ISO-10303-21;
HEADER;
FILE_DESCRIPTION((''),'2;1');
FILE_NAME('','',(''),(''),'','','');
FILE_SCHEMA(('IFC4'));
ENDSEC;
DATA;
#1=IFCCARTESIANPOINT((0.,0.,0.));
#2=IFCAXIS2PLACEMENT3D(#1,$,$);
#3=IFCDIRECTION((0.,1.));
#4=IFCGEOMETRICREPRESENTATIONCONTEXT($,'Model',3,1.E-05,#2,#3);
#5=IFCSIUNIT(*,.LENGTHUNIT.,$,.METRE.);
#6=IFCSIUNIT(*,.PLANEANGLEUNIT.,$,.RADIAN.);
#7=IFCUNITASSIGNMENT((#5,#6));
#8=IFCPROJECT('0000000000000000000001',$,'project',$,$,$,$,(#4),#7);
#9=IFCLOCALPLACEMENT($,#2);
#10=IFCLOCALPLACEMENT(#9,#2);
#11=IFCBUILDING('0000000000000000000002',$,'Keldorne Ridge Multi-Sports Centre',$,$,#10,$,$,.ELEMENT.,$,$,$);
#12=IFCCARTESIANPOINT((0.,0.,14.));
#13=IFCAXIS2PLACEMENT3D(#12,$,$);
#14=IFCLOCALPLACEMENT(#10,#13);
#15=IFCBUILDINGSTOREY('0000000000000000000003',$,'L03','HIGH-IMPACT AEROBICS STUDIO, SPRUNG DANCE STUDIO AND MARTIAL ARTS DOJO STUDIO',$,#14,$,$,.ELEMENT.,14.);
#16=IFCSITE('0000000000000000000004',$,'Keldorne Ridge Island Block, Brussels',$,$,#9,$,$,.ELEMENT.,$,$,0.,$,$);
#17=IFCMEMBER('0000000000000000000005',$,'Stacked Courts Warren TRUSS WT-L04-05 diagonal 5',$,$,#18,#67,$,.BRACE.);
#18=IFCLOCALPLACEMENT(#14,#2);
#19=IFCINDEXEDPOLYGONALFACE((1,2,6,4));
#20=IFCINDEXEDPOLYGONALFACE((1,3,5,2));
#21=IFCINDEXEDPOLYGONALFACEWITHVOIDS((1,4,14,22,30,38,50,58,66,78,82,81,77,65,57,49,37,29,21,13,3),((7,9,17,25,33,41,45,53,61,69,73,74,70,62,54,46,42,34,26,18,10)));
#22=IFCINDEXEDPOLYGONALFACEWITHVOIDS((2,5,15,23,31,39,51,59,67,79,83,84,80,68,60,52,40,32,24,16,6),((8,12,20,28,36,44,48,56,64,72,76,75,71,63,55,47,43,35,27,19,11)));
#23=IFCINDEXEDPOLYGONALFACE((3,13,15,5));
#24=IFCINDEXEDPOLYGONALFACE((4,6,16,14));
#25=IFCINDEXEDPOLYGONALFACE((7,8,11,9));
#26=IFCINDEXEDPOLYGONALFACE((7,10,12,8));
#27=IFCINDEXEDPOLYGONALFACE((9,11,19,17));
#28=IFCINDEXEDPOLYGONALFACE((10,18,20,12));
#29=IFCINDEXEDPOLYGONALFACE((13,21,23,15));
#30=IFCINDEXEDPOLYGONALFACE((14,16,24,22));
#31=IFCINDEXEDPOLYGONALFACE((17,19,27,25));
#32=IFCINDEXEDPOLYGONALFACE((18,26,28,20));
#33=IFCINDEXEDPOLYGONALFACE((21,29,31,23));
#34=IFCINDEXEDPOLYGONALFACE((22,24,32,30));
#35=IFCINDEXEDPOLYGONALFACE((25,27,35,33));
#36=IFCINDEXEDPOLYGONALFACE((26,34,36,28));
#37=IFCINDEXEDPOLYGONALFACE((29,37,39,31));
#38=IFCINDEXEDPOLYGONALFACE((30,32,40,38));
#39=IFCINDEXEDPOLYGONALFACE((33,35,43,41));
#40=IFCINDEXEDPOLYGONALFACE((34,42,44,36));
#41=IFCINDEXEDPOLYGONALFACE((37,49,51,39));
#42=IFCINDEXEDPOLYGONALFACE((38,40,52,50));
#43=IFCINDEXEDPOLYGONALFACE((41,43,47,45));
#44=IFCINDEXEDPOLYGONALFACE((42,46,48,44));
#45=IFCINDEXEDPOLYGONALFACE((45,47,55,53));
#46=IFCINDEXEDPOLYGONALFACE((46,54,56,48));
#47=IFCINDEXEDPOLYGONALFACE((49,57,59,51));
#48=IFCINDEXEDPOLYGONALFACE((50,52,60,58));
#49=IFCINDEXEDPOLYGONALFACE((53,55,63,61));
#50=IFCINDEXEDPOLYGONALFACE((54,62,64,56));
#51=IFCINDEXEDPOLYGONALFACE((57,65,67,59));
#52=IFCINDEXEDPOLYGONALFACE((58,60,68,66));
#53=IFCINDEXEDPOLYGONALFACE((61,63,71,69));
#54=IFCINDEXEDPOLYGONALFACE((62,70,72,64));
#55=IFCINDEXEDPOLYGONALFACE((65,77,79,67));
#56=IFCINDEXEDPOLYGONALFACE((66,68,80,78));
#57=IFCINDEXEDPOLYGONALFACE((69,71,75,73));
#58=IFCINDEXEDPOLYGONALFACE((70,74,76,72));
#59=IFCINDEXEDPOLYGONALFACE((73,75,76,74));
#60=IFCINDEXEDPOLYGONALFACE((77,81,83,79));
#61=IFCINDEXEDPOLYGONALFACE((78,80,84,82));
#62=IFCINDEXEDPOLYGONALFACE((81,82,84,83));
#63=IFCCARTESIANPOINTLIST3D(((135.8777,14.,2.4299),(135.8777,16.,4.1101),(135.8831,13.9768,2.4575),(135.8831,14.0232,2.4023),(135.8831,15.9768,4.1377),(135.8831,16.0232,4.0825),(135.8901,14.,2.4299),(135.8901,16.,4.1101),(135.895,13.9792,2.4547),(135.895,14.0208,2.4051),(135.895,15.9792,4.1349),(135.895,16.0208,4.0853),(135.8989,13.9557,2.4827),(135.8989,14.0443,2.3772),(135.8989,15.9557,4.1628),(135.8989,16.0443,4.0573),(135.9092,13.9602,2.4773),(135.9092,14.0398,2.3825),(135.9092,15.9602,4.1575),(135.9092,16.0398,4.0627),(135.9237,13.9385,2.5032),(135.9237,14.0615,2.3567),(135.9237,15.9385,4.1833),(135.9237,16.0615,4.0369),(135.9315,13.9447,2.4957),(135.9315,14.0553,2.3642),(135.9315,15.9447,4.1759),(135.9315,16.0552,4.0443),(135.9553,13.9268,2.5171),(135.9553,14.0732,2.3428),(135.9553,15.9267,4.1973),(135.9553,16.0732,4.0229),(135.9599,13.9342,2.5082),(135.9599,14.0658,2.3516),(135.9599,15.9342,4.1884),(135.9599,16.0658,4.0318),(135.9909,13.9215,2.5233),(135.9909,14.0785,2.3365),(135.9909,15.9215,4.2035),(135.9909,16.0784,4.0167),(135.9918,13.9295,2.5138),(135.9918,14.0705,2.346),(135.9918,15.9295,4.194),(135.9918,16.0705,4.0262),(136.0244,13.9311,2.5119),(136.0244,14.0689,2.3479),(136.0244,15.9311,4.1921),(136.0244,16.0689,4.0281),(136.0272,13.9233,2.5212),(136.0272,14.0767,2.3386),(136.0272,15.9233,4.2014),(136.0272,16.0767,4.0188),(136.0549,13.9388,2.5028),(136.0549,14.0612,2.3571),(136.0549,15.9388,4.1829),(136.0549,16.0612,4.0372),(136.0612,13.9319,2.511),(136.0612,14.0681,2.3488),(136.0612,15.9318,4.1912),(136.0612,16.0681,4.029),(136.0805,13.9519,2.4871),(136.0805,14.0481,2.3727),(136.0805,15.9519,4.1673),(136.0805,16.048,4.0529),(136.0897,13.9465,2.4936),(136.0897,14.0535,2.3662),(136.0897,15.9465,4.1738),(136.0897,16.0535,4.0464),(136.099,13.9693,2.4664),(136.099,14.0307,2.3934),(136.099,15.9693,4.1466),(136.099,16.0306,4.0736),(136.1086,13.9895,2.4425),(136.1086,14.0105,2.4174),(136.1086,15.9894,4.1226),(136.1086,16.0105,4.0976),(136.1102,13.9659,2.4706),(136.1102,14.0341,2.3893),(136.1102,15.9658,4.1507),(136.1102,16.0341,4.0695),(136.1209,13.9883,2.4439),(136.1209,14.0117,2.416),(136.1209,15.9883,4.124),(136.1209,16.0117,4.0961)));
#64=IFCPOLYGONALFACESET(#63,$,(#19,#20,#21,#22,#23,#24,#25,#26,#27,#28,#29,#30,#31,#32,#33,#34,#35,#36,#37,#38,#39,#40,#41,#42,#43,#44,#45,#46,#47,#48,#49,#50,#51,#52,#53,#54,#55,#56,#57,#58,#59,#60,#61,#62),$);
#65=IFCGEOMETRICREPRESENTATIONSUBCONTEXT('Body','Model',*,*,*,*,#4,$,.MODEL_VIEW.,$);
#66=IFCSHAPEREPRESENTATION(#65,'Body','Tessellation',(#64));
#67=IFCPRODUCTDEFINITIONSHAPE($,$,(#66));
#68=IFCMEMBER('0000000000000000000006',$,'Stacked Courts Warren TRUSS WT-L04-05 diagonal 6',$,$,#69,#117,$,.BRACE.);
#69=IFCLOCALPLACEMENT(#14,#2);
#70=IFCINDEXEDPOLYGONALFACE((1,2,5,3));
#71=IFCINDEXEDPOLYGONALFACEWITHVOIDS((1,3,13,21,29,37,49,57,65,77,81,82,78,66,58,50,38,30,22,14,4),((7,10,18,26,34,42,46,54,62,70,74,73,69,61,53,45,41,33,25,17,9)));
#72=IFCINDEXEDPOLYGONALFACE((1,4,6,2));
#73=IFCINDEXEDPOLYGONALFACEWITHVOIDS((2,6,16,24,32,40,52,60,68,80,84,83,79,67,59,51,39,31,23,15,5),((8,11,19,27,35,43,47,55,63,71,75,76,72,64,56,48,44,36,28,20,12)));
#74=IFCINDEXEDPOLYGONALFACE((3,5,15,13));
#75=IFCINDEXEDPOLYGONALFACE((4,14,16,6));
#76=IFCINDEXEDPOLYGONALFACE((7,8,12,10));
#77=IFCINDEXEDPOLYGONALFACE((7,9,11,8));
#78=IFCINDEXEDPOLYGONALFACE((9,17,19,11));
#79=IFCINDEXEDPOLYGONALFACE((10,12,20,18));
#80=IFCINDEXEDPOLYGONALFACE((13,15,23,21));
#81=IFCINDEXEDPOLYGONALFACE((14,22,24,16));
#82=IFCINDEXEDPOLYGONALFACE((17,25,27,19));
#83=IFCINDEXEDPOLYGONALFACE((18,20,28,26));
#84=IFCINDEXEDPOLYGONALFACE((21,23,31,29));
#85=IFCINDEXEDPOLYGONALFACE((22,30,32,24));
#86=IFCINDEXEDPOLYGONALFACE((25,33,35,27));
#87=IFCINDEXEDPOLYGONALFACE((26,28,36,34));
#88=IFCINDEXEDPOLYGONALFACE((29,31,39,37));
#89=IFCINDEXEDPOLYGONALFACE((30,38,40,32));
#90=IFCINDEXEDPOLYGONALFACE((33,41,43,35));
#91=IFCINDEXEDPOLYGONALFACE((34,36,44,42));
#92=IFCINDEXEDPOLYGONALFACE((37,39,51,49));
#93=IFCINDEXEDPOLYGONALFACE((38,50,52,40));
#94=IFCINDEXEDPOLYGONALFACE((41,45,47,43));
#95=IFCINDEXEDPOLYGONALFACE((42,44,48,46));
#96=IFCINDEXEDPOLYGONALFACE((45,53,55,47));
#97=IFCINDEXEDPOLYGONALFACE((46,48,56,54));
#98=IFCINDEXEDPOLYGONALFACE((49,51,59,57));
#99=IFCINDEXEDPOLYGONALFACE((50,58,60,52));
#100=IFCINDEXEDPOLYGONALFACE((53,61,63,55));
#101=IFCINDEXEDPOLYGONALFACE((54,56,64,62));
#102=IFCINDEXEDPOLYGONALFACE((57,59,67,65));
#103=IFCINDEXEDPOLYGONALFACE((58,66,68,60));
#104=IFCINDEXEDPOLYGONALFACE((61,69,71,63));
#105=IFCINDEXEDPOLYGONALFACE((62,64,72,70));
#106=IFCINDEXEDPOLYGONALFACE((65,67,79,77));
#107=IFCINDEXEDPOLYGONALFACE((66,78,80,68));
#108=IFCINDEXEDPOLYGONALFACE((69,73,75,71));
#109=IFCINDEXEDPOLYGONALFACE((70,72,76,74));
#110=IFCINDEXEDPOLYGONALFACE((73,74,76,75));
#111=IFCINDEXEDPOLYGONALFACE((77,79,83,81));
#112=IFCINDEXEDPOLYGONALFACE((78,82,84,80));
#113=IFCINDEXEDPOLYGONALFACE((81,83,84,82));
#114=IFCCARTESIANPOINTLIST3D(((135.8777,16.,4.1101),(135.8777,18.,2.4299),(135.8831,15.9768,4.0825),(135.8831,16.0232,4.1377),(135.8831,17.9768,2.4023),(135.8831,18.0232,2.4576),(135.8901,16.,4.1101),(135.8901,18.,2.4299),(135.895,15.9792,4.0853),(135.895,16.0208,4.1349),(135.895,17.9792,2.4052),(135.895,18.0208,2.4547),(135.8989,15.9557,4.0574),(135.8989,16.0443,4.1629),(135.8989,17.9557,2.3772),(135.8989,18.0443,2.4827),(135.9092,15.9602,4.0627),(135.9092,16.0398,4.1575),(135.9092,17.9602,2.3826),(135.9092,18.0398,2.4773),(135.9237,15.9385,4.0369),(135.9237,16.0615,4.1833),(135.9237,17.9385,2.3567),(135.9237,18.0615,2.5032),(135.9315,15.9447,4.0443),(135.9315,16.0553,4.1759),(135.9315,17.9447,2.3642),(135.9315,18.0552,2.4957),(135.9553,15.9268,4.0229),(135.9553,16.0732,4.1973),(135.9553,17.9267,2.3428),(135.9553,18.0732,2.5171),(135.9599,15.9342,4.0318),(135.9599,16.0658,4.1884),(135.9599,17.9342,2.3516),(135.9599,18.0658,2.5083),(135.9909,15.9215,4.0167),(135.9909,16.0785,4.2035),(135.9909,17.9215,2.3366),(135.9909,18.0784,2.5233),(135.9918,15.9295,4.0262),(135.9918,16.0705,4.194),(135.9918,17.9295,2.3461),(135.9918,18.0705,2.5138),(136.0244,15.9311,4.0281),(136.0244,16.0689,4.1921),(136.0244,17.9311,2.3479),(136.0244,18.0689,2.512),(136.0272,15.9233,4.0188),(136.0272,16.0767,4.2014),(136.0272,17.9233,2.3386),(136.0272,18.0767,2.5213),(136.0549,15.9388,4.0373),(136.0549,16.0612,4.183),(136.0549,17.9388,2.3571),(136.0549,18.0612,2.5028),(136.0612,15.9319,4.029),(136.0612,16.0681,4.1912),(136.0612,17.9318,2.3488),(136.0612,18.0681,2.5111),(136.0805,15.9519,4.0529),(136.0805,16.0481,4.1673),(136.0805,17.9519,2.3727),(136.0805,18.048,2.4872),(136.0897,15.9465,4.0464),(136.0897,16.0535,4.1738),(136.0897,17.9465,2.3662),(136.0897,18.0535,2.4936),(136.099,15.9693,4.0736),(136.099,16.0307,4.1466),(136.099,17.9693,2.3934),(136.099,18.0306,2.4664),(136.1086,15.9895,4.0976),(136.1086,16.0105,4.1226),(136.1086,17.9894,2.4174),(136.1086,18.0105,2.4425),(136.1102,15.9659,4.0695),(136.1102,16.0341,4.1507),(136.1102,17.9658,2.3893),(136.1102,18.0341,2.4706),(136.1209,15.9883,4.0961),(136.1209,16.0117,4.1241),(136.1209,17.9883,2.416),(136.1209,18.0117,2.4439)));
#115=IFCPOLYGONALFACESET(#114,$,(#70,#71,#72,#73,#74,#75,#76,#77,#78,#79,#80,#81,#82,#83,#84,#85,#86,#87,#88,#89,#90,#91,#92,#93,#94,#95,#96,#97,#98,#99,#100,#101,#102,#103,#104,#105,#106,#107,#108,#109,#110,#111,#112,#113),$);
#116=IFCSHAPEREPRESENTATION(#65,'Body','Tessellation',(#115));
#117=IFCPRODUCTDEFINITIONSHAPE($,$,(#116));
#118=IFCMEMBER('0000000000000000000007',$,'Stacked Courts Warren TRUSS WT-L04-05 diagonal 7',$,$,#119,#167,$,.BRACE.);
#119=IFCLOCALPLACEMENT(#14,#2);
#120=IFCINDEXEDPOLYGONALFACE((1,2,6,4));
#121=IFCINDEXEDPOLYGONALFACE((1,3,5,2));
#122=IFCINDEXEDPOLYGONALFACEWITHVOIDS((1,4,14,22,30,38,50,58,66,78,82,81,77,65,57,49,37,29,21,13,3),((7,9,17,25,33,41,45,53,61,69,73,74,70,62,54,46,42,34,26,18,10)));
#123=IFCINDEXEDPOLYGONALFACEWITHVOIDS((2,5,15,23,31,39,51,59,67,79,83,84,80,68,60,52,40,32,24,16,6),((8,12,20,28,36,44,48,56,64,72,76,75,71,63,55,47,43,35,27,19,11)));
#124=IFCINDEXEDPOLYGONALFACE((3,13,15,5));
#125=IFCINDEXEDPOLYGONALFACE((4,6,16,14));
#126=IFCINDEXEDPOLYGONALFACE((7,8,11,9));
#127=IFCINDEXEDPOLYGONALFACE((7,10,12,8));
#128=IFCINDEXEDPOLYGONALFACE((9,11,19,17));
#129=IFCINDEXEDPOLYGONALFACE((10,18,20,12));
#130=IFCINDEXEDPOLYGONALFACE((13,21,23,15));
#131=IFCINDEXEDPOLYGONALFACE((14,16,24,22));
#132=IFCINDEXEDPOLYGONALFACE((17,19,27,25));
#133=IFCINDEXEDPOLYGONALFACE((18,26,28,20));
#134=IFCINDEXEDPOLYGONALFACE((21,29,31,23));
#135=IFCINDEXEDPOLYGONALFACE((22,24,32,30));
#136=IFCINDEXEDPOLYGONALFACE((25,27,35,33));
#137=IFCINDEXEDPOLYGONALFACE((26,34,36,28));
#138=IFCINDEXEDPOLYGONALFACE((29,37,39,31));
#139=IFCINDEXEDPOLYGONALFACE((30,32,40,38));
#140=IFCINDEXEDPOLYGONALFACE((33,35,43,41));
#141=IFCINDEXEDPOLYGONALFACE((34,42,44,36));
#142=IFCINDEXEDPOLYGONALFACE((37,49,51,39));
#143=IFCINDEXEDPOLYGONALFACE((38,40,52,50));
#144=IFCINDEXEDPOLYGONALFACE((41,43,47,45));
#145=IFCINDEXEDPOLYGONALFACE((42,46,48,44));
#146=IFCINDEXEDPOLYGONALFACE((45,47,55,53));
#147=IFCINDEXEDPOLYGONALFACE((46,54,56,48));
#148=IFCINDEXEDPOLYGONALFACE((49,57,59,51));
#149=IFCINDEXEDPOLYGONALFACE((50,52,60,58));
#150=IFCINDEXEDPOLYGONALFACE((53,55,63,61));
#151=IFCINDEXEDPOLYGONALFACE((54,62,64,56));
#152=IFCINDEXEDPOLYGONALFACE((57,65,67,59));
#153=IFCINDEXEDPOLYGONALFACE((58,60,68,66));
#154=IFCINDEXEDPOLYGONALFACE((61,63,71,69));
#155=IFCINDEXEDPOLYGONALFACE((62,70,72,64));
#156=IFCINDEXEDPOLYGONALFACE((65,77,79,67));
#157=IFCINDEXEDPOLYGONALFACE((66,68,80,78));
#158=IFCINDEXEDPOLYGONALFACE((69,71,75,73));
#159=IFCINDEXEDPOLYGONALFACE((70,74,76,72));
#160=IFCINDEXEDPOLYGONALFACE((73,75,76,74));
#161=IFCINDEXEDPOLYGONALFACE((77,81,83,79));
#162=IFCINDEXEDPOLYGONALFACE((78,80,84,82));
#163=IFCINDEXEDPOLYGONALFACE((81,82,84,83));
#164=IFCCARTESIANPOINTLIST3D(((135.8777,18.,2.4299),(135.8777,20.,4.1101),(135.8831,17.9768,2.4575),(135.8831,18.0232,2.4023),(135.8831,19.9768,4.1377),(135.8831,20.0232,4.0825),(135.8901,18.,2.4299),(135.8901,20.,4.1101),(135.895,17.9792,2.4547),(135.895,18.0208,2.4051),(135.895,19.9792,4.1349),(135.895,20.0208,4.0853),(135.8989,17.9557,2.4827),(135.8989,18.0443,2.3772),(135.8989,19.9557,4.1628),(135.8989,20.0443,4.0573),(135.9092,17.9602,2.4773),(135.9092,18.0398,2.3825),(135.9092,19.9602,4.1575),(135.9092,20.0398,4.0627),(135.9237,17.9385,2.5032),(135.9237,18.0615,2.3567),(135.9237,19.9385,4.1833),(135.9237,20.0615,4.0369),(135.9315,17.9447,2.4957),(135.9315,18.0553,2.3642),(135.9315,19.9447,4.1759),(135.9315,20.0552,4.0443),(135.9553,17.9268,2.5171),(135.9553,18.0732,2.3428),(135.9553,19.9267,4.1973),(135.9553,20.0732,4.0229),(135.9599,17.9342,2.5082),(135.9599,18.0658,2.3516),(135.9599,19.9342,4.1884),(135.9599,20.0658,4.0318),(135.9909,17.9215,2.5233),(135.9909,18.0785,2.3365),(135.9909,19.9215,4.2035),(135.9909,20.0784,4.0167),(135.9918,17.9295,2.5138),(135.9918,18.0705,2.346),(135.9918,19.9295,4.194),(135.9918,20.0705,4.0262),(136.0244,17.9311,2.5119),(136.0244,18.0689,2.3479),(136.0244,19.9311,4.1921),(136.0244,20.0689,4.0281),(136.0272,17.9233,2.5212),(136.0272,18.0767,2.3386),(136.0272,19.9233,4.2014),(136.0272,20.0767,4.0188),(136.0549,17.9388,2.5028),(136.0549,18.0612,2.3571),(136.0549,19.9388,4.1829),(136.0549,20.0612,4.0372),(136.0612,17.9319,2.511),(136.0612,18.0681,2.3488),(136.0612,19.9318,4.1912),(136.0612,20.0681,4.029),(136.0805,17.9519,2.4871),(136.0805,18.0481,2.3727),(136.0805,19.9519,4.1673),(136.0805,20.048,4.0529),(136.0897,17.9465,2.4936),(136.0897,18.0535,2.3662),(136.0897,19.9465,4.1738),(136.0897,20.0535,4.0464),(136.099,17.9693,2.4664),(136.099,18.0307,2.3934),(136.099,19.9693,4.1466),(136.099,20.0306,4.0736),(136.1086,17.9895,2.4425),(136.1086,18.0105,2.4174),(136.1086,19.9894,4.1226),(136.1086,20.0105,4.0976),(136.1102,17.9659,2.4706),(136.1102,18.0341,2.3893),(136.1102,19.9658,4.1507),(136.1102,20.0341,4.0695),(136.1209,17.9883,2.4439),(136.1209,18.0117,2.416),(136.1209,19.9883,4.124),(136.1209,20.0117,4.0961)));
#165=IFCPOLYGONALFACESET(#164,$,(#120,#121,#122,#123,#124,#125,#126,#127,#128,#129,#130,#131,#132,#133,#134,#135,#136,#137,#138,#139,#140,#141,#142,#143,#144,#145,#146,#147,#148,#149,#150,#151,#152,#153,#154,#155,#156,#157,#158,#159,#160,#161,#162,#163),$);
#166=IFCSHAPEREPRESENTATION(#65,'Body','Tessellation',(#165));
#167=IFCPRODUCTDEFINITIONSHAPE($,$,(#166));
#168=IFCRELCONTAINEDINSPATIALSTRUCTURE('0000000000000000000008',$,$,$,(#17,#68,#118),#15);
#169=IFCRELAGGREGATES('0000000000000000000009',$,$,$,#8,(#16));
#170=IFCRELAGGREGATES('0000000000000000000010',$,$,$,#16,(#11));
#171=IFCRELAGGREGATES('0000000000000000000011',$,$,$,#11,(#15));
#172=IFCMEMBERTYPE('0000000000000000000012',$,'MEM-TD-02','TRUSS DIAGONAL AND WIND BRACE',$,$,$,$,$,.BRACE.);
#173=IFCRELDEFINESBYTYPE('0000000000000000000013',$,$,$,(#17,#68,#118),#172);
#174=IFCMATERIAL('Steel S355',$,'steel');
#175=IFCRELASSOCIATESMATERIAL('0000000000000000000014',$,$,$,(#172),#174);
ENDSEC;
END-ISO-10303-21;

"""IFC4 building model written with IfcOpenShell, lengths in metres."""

from ifc_helpers import new_model, si_unit, direction, frame, origin, origin_2d, place, context, subcontext, project, spatial, hollow_circle, extrude, material, material_profile, profile_set, type_object, element, save


model = new_model("IFC4")

# Units and contexts
model_context = context("Model", 3, precision=1e-05, world=origin(), true_north=direction((0.0, 1.0)))
body_context = subcontext(model_context, "Body", "Model", "MODEL_VIEW")
ifc_project = project(units=[si_unit("LENGTHUNIT", "METRE"), si_unit("PLANEANGLEUNIT", "RADIAN")], contexts=[model_context])

# Site, building, storey
site_placement = place(None, origin())
site = spatial("IfcSite", under=ifc_project, at=site_placement, Name="Keldorne Ridge Island Block, Brussels", CompositionType="ELEMENT", RefElevation=0.0)
building_placement = place(site_placement, origin())
building = spatial("IfcBuilding", under=site, at=building_placement, Name="Keldorne Ridge Multi-Sports Centre", CompositionType="ELEMENT")
storey_placement = place(building_placement, frame((0.0, 0.0, 14.0)))
storey = spatial("IfcBuildingStorey", under=building, at=storey_placement, Name="L03", Description="HIGH-IMPACT AEROBICS STUDIO, SPRUNG DANCE STUDIO AND MARTIAL ARTS DOJO STUDIO", CompositionType="ELEMENT", Elevation=14.0)

# Members
ifc_material = material(Name="Steel S355", Category="steel")
ifc_material_profile_1 = material_profile(ifc_material, hollow_circle(Radius=0.1223, WallThickness=0.0125, at=origin_2d()), Name="CHS 244.5x12.5")
ifc_profile_set_1 = profile_set([ifc_material_profile_1], Name="Steel S355")
member_type_1 = type_object("IfcMemberType", Name="MEM-TD-02", Description="TRUSS DIAGONAL AND WIND BRACE", PredefinedType="BRACE", material=ifc_profile_set_1)
for number, where, z_axis, x_axis, name in (
    (1, (136.0, 14.0, 2.4299), (0.0, 0.765672, 0.643232), (-1.0, 0.0, 0.0), "Stacked Courts Warren TRUSS WT-L04-05 diagonal 5"),
    (2, (136.0, 16.0, 4.1101), (0.0, 0.765672, -0.643232), (-1.0, 0.0, 0.0), "Stacked Courts Warren TRUSS WT-L04-05 diagonal 6"),
    (3, (136.0, 18.0, 2.4299), (0.0, 0.765672, 0.643232), (-1.0, 0.0, 0.0), "Stacked Courts Warren TRUSS WT-L04-05 diagonal 7"),
):
    element("IfcMember", number, at=place(storey_placement, frame(where, z_axis=z_axis, x_axis=x_axis)), inside=storey, type_object=member_type_1, Name=name, PredefinedType="BRACE", context=body_context, shape_type="SweptSolid", body=[
        extrude(hollow_circle(Radius=0.1223, WallThickness=0.0125, at=origin_2d()), origin(), (0.0, 0.0, 1.0), 2.6121),
    ])

save(model, "model.ifc")
